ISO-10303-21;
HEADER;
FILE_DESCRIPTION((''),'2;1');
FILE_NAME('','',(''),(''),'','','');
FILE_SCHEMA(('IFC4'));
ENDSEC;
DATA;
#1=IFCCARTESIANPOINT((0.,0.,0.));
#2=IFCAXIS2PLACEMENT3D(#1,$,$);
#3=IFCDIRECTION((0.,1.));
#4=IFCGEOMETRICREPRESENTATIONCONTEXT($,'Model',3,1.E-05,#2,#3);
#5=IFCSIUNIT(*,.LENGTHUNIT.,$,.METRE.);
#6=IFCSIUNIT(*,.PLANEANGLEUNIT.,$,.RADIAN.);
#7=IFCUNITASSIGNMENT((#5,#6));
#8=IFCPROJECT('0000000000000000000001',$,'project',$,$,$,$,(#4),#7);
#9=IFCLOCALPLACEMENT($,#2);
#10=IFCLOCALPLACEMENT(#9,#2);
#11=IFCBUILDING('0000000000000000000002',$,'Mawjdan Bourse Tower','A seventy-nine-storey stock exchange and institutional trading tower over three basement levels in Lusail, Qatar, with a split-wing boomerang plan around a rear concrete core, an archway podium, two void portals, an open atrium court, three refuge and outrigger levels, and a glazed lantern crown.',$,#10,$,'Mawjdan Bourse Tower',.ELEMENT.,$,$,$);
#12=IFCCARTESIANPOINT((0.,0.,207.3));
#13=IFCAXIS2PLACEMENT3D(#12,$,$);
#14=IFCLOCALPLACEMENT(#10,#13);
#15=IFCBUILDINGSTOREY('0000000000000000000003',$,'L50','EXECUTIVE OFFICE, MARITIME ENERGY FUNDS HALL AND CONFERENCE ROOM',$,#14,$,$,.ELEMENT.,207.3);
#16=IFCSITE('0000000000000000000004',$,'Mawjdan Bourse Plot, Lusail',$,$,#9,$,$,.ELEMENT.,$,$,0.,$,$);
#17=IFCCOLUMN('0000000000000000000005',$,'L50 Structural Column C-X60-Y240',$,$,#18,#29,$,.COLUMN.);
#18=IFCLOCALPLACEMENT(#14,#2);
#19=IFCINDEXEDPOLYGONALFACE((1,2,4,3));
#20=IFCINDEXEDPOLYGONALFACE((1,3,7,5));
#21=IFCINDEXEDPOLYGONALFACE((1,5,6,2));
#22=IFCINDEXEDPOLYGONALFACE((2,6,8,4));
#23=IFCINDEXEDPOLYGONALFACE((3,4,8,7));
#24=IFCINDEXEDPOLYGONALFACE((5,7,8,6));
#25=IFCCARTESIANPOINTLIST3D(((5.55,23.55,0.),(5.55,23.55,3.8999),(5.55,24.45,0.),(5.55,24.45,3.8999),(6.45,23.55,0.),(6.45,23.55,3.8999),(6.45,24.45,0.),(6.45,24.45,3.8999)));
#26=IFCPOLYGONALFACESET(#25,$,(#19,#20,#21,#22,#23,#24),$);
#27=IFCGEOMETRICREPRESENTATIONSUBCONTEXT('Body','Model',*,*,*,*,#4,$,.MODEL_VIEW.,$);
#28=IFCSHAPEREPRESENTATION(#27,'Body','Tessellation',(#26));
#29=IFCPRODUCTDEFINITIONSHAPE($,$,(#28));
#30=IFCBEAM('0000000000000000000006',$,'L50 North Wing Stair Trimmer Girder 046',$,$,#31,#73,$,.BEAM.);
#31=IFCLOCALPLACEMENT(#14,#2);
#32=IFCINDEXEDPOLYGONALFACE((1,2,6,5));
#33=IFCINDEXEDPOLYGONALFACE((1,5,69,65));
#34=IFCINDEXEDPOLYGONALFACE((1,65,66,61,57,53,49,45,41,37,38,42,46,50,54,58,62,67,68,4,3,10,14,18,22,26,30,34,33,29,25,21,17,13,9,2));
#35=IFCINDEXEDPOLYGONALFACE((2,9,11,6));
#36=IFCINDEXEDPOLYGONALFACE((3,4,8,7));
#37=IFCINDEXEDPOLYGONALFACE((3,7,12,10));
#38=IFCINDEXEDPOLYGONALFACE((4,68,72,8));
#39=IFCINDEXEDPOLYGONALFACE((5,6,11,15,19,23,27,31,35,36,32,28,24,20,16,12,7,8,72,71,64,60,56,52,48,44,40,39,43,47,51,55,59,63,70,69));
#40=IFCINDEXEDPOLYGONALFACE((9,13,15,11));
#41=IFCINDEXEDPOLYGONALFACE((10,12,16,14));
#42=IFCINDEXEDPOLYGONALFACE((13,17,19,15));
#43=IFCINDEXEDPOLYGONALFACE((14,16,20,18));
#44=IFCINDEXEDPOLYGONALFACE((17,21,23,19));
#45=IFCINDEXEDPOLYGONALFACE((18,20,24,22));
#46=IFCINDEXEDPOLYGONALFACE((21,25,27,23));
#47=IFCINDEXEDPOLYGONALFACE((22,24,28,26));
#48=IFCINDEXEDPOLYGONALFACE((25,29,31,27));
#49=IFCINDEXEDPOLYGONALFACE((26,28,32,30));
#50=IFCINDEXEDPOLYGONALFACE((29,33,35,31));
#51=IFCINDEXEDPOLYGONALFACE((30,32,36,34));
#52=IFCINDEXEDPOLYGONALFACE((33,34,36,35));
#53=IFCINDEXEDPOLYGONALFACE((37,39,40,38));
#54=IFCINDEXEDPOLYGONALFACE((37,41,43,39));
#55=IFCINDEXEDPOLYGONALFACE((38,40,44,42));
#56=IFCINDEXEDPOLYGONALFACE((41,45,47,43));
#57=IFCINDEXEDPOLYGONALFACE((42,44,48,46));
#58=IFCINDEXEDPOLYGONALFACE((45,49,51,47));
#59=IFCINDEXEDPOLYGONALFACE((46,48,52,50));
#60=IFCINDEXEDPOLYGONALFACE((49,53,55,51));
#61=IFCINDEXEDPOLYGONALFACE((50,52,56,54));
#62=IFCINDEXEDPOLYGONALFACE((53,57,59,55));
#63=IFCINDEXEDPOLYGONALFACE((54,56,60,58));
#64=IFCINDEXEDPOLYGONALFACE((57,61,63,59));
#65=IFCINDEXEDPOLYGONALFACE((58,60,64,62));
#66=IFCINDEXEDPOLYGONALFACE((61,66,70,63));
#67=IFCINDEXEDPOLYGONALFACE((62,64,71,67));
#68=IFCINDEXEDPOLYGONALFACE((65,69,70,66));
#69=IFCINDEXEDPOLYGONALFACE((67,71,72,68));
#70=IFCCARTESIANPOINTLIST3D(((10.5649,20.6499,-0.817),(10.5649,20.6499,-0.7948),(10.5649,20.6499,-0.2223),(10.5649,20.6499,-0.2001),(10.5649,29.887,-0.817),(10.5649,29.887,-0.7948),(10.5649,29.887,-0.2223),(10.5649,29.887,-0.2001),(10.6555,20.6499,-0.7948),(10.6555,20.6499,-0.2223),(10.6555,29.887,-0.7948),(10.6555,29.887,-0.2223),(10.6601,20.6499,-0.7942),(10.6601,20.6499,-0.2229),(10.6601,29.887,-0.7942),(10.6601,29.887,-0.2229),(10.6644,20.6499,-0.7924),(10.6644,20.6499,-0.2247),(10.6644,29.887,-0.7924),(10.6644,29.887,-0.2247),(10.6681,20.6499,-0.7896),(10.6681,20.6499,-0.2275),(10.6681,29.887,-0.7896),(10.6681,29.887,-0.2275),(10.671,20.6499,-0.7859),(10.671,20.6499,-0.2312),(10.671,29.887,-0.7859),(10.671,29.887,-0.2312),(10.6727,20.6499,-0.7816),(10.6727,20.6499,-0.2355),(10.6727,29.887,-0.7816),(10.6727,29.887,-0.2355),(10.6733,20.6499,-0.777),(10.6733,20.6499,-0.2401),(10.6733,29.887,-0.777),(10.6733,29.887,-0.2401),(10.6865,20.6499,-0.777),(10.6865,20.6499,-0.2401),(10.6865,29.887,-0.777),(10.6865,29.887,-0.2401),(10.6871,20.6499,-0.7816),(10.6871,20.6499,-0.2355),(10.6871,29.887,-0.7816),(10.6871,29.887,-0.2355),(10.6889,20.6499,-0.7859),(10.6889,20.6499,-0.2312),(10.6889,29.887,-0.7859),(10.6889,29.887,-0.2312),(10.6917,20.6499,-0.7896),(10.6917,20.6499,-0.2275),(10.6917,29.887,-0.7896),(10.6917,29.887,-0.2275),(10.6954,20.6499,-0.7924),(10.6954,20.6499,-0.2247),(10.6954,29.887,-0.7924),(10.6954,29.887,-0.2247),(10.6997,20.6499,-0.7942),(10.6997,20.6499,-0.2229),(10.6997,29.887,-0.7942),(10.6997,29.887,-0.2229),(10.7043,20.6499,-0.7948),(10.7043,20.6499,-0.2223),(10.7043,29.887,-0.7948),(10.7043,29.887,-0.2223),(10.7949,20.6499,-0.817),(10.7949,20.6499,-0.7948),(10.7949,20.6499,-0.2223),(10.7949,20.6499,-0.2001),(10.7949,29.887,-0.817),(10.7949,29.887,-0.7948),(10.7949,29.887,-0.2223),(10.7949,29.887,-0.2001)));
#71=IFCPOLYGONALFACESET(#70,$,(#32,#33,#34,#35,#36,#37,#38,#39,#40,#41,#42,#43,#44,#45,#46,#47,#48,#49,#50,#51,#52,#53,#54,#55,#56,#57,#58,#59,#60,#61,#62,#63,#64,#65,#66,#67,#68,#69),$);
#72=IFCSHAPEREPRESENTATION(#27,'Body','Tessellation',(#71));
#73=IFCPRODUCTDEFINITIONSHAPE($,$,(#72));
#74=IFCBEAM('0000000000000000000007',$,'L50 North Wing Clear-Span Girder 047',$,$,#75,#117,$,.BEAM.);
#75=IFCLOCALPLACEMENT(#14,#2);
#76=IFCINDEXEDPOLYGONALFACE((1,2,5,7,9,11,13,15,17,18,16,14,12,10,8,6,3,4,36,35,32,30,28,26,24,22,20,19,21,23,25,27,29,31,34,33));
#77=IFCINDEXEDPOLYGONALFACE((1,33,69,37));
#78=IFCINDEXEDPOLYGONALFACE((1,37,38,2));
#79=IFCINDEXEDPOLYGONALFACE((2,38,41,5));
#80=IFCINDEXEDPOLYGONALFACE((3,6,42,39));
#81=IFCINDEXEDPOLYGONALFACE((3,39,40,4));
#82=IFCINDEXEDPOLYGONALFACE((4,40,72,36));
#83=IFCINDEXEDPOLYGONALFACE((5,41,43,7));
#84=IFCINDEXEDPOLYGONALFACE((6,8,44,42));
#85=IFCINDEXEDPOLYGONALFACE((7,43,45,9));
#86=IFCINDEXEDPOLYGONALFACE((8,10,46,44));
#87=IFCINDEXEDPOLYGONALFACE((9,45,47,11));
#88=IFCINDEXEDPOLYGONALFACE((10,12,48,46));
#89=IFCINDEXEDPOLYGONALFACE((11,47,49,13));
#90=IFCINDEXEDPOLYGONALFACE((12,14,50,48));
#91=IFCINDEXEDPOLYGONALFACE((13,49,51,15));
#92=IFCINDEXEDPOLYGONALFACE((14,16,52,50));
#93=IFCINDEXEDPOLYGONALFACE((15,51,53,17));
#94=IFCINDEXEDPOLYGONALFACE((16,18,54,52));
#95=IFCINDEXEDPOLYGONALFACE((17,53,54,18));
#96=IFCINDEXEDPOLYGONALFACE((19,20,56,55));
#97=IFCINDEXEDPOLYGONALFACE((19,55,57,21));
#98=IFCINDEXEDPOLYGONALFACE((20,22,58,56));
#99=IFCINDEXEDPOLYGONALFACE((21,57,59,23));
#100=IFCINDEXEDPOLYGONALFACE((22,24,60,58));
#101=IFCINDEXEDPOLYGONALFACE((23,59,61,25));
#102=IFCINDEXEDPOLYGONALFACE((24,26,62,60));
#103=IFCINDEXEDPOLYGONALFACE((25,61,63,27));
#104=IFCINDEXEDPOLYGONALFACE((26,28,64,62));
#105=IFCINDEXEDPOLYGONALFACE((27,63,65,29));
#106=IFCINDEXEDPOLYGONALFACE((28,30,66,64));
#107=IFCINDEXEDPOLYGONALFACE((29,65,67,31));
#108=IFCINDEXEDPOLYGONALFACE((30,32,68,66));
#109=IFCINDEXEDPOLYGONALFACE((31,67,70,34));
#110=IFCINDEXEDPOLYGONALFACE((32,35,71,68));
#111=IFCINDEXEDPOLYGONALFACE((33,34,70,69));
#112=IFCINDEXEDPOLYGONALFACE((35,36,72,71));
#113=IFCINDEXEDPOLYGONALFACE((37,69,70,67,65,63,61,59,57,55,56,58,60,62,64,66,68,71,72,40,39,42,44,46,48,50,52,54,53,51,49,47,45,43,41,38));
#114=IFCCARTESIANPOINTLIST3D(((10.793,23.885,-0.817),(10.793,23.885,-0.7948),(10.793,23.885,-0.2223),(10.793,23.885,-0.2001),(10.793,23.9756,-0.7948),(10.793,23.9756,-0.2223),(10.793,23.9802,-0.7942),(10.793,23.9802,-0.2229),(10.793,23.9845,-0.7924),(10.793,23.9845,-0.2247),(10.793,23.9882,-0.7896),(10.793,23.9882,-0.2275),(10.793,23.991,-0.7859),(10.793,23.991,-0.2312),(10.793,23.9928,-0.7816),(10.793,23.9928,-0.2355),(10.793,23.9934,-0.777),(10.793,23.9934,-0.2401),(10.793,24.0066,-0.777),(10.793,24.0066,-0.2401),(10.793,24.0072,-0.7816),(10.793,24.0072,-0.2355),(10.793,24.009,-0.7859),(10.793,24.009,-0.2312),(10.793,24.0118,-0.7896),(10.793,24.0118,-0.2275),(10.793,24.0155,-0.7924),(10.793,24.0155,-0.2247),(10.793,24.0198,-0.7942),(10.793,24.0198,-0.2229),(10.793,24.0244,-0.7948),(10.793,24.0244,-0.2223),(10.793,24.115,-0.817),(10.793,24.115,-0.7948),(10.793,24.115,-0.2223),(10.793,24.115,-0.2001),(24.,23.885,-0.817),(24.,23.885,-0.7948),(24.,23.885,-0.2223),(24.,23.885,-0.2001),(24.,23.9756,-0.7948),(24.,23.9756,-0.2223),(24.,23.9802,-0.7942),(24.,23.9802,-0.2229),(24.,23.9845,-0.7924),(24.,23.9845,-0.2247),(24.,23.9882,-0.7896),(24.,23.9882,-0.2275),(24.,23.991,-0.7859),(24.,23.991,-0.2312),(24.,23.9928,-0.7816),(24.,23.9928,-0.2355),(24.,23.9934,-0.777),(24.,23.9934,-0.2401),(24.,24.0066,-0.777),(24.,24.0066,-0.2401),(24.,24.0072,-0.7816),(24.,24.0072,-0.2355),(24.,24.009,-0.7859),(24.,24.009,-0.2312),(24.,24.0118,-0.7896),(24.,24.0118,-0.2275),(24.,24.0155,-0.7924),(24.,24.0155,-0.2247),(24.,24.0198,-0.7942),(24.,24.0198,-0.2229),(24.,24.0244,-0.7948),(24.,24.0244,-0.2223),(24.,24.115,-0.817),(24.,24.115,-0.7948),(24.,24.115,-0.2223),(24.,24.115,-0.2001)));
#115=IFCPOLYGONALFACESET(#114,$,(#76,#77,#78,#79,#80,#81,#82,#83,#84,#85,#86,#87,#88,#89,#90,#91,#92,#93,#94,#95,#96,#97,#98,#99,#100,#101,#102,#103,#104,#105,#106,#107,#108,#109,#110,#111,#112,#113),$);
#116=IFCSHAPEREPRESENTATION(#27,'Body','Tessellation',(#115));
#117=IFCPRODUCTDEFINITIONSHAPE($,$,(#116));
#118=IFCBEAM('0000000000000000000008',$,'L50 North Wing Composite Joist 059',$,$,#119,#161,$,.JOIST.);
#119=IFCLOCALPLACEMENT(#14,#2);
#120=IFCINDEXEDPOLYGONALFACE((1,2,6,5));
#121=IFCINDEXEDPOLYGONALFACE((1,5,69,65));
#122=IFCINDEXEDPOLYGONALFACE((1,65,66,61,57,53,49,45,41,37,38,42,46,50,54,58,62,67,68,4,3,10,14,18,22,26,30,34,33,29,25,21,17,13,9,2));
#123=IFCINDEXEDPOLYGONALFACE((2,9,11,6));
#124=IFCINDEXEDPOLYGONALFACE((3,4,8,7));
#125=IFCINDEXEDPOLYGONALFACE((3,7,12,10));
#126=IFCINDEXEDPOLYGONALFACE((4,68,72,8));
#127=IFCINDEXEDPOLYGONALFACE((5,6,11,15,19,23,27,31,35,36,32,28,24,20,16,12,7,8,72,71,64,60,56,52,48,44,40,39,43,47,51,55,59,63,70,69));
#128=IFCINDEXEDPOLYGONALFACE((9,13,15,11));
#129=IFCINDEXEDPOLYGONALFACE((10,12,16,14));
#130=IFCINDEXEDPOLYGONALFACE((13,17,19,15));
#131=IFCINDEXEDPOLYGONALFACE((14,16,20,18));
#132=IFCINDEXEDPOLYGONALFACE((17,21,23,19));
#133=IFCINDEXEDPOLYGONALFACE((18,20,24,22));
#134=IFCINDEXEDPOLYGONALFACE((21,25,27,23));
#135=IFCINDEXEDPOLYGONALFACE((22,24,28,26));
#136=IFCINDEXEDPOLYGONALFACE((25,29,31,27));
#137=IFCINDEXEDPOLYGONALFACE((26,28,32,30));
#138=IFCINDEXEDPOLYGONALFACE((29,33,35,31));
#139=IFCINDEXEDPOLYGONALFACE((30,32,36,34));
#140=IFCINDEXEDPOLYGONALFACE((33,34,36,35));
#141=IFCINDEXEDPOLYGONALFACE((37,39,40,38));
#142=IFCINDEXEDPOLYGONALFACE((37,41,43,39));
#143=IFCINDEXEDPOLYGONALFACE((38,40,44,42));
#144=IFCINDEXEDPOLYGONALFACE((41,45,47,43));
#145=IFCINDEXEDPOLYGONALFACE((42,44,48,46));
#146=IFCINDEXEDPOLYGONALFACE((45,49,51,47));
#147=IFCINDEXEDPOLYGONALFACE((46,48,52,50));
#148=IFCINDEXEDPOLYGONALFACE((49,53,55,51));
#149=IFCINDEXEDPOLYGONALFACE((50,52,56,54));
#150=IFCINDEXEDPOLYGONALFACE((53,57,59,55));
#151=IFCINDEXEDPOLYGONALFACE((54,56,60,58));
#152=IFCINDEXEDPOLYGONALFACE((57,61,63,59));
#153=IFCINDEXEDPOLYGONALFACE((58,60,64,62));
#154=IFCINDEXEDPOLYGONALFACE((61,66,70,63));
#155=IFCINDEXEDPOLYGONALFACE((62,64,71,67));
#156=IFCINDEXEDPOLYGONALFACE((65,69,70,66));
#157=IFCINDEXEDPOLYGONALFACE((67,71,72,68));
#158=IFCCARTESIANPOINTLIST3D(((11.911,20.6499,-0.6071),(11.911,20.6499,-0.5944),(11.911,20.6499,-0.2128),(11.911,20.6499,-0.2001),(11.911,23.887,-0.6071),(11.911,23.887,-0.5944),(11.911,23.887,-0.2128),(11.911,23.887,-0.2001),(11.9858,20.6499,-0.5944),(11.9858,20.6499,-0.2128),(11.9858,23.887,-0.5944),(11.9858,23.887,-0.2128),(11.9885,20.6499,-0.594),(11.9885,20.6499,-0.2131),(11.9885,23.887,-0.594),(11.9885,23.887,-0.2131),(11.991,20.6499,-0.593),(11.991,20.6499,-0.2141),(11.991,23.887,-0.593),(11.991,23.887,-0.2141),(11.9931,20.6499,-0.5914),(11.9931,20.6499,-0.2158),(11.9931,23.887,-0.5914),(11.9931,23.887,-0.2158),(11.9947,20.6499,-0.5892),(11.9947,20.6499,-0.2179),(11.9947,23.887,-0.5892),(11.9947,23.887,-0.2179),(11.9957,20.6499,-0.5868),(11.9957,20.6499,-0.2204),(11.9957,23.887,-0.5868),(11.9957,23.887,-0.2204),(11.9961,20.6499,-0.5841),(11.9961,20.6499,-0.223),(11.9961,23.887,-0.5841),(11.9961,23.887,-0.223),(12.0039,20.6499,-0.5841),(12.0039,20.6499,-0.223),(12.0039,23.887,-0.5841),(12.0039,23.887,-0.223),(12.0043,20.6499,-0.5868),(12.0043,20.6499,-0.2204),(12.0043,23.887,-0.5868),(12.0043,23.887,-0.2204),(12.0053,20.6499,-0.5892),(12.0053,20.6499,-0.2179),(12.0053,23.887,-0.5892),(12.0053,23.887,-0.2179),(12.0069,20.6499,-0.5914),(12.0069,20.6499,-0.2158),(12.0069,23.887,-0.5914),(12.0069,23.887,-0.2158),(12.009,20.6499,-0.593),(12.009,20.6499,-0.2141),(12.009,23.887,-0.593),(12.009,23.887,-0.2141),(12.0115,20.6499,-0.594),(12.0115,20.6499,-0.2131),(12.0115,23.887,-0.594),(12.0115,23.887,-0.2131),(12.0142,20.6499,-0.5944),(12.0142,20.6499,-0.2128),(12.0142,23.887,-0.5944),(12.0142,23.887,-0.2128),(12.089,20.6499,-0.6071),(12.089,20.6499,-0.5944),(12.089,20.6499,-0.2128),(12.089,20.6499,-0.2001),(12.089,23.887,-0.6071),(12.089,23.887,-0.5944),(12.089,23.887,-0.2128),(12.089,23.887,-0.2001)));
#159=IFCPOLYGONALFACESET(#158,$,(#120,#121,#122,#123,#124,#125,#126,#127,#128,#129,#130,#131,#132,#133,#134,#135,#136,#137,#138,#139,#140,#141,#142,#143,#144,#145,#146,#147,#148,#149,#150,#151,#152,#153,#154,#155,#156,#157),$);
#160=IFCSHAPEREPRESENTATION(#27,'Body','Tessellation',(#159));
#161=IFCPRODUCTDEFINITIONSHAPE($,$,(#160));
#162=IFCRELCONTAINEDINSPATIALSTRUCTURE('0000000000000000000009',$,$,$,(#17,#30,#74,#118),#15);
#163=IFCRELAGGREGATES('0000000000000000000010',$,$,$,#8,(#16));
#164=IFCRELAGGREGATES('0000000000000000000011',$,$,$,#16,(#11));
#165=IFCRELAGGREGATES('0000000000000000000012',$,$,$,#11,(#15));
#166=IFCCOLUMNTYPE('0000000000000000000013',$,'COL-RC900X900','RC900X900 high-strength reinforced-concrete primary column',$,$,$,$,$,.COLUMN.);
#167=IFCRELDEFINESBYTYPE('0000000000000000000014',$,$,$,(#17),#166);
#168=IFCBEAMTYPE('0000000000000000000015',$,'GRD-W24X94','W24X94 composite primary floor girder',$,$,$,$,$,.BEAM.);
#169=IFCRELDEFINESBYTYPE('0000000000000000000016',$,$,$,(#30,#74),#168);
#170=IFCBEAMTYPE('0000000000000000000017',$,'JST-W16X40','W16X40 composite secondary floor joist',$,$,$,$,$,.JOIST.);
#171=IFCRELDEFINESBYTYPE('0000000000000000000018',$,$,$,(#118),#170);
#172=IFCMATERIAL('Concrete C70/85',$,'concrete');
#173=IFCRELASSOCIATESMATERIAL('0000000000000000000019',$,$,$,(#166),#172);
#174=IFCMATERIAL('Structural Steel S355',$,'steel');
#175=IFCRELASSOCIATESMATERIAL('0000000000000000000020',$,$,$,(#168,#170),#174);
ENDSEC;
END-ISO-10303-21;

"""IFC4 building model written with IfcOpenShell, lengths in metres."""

from ifc_helpers import new_model, si_unit, direction, frame, origin, origin_2d, place, context, subcontext, project, spatial, rectangle, i_section, extrude, material, material_profile, profile_set, type_object, element, save


model = new_model("IFC4")

# Units and contexts
model_context = context("Model", 3, precision=1e-05, world=origin(), true_north=direction((0.0, 1.0)))
body_context = subcontext(model_context, "Body", "Model", "MODEL_VIEW")
ifc_project = project(units=[si_unit("LENGTHUNIT", "METRE"), si_unit("PLANEANGLEUNIT", "RADIAN")], contexts=[model_context])

# Site, building, storey
site_placement = place(None, origin())
site = spatial("IfcSite", under=ifc_project, at=site_placement, Name="Mawjdan Bourse Plot, Lusail", CompositionType="ELEMENT", RefElevation=0.0)
building_placement = place(site_placement, origin())
building = spatial("IfcBuilding", under=site, at=building_placement, Name="Mawjdan Bourse Tower", Description="A seventy-nine-storey stock exchange and institutional trading tower over three basement levels in Lusail, Qatar, with a split-wing boomerang plan around a rear concrete core, an archway podium, two void portals, an open atrium court, three refuge and outrigger levels, and a glazed lantern crown.", LongName="Mawjdan Bourse Tower", CompositionType="ELEMENT")
storey_placement = place(building_placement, frame((0.0, 0.0, 207.3)))
storey = spatial("IfcBuildingStorey", under=building, at=storey_placement, Name="L50", Description="EXECUTIVE OFFICE, MARITIME ENERGY FUNDS HALL AND CONFERENCE ROOM", CompositionType="ELEMENT", Elevation=207.3)

# Column
ifc_material_1 = material(Name="Concrete C70/85", Category="concrete")
ifc_material_profile_1 = material_profile(ifc_material_1, rectangle(XDim=0.8999, YDim=0.8999, at=origin_2d()), Name="RC900X900")
ifc_profile_set_1 = profile_set([ifc_material_profile_1], Name="Concrete C70/85")
column_type = type_object("IfcColumnType", Name="COL-RC900X900", Description="RC900X900 high-strength reinforced-concrete primary column", PredefinedType="COLUMN", material=ifc_profile_set_1)
column_placement = place(storey_placement, frame((6.0, 24.0, 0.0), z_axis=(0.0, 0.0, 1.0), x_axis=(1.0, 0.0, 0.0)))
element("IfcColumn", 1, at=column_placement, inside=storey, type_object=column_type, Name="L50 Structural Column C-X60-Y240", PredefinedType="COLUMN", context=body_context, shape_type="SweptSolid", body=[
    extrude(rectangle(XDim=0.8999, YDim=0.8999, at=origin_2d()), origin(), (0.0, 0.0, 1.0), 3.8999),
])

# Beams
ifc_material_2 = material(Name="Structural Steel S355", Category="steel")
ifc_material_profile_2 = material_profile(ifc_material_2, i_section(OverallWidth=0.23, OverallDepth=0.6169, WebThickness=0.0132, FlangeThickness=0.0222, FilletRadius=0.0178, at=origin_2d()), Name="W24X94")
ifc_profile_set_2 = profile_set([ifc_material_profile_2], Name="Structural Steel S355")
beam_type_1 = type_object("IfcBeamType", Name="GRD-W24X94", Description="W24X94 composite primary floor girder", PredefinedType="BEAM", material=ifc_profile_set_2)
beam_1_placement = place(storey_placement, frame((10.6799, 20.6499, -0.5085), z_axis=(0.0, 1.0, 0.0), x_axis=(-1.0, 0.0, 0.0)))
element("IfcBeam", 2, at=beam_1_placement, inside=storey, type_object=beam_type_1, Name="L50 North Wing Stair Trimmer Girder 046", PredefinedType="BEAM", context=body_context, shape_type="SweptSolid", body=[
    extrude(i_section(OverallWidth=0.23, OverallDepth=0.6169, WebThickness=0.0132, FlangeThickness=0.0222, FilletRadius=0.0178, at=origin_2d()), origin(), (0.0, 0.0, 1.0), 9.2371),
])
beam_2_placement = place(storey_placement, frame((10.793, 24.0, -0.5085), z_axis=(1.0, 0.0, 0.0), x_axis=(0.0, 1.0, 0.0)))
element("IfcBeam", 3, at=beam_2_placement, inside=storey, type_object=beam_type_1, Name="L50 North Wing Clear-Span Girder 047", PredefinedType="BEAM", context=body_context, shape_type="SweptSolid", body=[
    extrude(i_section(OverallWidth=0.23, OverallDepth=0.6169, WebThickness=0.0132, FlangeThickness=0.0222, FilletRadius=0.0178, at=origin_2d()), origin(), (0.0, 0.0, 1.0), 13.207),
])
ifc_material_profile_3 = material_profile(ifc_material_2, i_section(OverallWidth=0.178, OverallDepth=0.407, WebThickness=0.0078, FlangeThickness=0.0127, FilletRadius=0.0103, at=origin_2d()), Name="W16X40")
ifc_profile_set_3 = profile_set([ifc_material_profile_3], Name="Structural Steel S355")
beam_type_2 = type_object("IfcBeamType", Name="JST-W16X40", Description="W16X40 composite secondary floor joist", PredefinedType="JOIST", material=ifc_profile_set_3)
beam_3_placement = place(storey_placement, frame((12.0, 20.6499, -0.4036), z_axis=(0.0, 1.0, 0.0), x_axis=(-1.0, 0.0, 0.0)))
element("IfcBeam", 4, at=beam_3_placement, inside=storey, type_object=beam_type_2, Name="L50 North Wing Composite Joist 059", PredefinedType="JOIST", context=body_context, shape_type="SweptSolid", body=[
    extrude(i_section(OverallWidth=0.178, OverallDepth=0.407, WebThickness=0.0078, FlangeThickness=0.0127, FilletRadius=0.0103, at=origin_2d()), origin(), (0.0, 0.0, 1.0), 3.2371),
])

save(model, "model.ifc")
